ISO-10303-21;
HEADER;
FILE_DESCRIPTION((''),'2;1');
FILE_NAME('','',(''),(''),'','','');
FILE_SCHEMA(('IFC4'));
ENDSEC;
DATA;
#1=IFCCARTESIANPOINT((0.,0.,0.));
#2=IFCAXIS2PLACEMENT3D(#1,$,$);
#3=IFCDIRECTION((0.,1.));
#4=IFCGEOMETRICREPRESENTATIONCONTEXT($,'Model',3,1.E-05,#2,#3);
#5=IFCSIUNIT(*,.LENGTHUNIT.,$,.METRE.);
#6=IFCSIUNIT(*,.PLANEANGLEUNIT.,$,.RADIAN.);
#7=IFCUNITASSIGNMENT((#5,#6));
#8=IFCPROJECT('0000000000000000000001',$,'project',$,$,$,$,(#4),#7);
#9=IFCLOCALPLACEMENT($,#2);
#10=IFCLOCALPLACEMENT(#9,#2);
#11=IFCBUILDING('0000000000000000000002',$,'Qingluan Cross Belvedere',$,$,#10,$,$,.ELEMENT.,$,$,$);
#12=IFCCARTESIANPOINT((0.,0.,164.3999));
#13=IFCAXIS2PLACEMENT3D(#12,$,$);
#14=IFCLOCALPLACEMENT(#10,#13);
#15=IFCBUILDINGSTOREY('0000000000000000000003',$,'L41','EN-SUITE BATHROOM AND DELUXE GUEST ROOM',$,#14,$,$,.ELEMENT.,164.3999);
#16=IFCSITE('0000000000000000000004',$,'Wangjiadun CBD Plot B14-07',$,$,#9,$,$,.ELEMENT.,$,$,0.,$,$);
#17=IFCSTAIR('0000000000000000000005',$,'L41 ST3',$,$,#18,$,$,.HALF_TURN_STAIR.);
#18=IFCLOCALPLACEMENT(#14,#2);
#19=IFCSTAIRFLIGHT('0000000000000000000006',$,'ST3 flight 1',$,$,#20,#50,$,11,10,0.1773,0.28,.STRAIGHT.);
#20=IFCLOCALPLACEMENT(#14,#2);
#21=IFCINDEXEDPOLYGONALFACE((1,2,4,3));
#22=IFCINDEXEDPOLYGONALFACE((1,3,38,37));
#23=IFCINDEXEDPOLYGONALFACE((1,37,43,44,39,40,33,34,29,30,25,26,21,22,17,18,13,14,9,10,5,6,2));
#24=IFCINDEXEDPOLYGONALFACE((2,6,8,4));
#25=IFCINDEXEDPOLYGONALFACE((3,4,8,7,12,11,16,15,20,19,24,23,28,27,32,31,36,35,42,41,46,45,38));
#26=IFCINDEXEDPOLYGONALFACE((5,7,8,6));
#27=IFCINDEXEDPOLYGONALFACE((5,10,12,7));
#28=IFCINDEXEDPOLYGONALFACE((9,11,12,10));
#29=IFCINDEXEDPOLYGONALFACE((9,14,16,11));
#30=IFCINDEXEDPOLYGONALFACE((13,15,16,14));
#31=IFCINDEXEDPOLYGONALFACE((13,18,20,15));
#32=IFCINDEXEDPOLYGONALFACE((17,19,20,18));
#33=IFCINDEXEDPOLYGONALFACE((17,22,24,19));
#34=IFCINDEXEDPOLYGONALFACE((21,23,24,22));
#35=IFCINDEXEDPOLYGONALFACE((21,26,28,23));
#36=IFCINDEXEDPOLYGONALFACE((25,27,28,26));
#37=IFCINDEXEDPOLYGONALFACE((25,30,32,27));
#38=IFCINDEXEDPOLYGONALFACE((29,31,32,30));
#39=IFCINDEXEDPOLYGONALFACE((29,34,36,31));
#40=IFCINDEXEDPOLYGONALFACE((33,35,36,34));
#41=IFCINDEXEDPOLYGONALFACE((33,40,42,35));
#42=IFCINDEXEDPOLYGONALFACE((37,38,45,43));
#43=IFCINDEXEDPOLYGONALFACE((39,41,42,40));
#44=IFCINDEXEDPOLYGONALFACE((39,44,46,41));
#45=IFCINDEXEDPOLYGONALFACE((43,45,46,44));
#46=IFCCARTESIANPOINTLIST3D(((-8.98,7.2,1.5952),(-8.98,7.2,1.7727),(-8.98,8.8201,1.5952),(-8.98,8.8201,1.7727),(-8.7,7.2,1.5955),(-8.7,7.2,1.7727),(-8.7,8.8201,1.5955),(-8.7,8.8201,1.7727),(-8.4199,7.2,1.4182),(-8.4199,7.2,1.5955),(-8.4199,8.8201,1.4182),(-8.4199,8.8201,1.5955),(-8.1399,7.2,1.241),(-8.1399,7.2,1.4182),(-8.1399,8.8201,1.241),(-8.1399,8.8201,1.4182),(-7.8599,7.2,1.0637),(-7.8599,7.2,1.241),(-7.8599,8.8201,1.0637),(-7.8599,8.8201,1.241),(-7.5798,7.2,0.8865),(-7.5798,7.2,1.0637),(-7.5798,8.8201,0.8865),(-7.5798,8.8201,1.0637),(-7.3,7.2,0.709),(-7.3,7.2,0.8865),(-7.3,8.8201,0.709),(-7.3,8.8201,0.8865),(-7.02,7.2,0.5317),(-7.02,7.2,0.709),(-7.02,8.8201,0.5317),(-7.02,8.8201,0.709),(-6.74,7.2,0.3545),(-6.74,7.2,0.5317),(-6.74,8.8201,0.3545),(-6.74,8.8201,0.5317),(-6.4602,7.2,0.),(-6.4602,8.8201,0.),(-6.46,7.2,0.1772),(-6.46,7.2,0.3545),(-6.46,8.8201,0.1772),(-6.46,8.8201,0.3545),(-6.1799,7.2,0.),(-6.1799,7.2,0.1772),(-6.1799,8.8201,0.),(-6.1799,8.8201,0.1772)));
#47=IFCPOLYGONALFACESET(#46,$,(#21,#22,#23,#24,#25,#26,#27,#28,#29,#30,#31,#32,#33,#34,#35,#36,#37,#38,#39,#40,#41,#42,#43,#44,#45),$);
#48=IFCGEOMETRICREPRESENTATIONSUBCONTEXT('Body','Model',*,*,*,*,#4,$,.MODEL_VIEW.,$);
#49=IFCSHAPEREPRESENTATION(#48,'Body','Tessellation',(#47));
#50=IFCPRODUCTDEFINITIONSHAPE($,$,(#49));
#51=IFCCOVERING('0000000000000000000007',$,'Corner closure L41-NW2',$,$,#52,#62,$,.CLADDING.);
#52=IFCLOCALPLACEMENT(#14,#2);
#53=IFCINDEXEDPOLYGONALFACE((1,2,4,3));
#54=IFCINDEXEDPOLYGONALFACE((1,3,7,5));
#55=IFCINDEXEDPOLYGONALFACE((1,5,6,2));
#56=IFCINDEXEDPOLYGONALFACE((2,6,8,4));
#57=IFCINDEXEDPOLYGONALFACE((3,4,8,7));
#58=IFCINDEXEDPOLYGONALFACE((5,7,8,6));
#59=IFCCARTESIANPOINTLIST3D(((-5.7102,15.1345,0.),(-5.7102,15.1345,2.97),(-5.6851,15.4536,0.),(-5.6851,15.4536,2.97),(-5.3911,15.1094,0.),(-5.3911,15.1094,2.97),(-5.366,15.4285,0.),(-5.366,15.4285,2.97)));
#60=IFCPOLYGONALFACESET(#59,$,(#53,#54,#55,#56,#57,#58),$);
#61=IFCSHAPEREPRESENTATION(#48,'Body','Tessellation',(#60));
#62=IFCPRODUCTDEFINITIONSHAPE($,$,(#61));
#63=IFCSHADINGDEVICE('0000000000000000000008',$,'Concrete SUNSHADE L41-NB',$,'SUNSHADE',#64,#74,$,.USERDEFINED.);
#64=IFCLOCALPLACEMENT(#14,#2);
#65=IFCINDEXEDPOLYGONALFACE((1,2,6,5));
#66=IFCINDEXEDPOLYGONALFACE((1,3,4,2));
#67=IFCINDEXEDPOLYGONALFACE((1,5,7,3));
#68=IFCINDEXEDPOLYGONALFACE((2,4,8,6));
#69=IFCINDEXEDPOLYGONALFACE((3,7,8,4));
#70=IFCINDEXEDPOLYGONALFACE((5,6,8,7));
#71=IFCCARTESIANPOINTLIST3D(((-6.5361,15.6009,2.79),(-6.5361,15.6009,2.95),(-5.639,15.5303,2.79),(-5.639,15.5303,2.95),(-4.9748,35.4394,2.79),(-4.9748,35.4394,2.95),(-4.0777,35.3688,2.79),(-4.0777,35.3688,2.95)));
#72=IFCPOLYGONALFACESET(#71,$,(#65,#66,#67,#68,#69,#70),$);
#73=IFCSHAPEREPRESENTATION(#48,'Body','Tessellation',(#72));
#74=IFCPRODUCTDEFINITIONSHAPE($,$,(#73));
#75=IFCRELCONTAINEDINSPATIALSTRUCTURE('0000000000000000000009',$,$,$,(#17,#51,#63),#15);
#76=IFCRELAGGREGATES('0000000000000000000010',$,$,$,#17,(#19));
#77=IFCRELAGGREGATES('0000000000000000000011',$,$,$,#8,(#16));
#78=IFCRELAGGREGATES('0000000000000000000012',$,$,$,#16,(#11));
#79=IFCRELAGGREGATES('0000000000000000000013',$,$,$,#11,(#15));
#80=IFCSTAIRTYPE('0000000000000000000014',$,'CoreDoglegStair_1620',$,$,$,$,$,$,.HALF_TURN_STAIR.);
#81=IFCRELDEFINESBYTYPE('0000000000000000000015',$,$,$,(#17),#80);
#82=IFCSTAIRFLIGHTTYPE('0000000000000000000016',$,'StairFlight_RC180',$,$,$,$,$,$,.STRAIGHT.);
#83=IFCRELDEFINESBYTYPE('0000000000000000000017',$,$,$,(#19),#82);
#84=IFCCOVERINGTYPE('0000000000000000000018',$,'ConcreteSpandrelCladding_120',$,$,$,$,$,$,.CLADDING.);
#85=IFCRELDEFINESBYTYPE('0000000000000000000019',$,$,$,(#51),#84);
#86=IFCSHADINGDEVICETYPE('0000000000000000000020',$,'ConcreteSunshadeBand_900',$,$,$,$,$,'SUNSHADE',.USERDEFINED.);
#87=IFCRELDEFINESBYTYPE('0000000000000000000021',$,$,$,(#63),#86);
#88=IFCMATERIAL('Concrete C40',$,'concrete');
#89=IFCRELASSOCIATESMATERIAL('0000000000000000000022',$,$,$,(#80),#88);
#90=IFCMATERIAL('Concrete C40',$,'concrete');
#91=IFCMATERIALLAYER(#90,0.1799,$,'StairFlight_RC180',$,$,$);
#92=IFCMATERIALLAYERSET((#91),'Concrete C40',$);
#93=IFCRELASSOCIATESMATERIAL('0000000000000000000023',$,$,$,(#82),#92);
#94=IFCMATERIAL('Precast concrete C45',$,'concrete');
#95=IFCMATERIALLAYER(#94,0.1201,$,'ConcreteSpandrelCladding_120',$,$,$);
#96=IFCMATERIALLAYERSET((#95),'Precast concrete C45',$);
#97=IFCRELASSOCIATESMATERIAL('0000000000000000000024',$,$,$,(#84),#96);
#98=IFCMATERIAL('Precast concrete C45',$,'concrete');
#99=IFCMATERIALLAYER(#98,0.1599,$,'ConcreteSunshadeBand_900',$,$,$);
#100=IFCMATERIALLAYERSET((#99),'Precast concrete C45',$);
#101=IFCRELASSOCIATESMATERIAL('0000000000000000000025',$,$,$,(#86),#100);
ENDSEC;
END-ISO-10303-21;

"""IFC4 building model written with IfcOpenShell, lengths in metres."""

from ifc_helpers import new_model, si_unit, direction, frame, origin, origin_2d, place, context, subcontext, project, spatial, polyline, rectangle, outline, extrude, material, layer, layer_set, type_object, element, aggregate, save


model = new_model("IFC4")

# Units and contexts
model_context = context("Model", 3, precision=1e-05, world=origin(), true_north=direction((0.0, 1.0)))
body_context = subcontext(model_context, "Body", "Model", "MODEL_VIEW")
ifc_project = project(units=[si_unit("LENGTHUNIT", "METRE"), si_unit("PLANEANGLEUNIT", "RADIAN")], contexts=[model_context])

# Site, building, storey
site_placement = place(None, origin())
site = spatial("IfcSite", under=ifc_project, at=site_placement, Name="Wangjiadun CBD Plot B14-07", CompositionType="ELEMENT", RefElevation=0.0)
building_placement = place(site_placement, origin())
building = spatial("IfcBuilding", under=site, at=building_placement, Name="Qingluan Cross Belvedere", CompositionType="ELEMENT")
storey_placement = place(building_placement, frame((0.0, 0.0, 164.3999)))
storey = spatial("IfcBuildingStorey", under=building, at=storey_placement, Name="L41", Description="EN-SUITE BATHROOM AND DELUXE GUEST ROOM", CompositionType="ELEMENT", Elevation=164.3999)

# Stair, stair flight
ifc_material_1 = material(Name="Concrete C40", Category="concrete")
stair_type = type_object("IfcStairType", Name="CoreDoglegStair_1620", PredefinedType="HALF_TURN_STAIR", material=ifc_material_1)
stair_placement = place(storey_placement, origin())
stair = element("IfcStair", 1, at=stair_placement, inside=storey, type_object=stair_type, Name="L41 ST3", PredefinedType="HALF_TURN_STAIR")
ifc_material_2 = material(Name="Concrete C40", Category="concrete")
ifc_layer_1 = layer(ifc_material_2, 0.1799, Name="StairFlight_RC180")
ifc_layer_set_1 = layer_set([ifc_layer_1], Name="Concrete C40")
stair_flight_type = type_object("IfcStairFlightType", Name="StairFlight_RC180", PredefinedType="STRAIGHT", material=ifc_layer_set_1)
stair_flight_placement = place(storey_placement, frame((-6.1799, 8.01, 0.0), z_axis=(0.0, 0.0, 1.0), x_axis=(-1.0, 0.0, 0.0)))
stair_flight = element("IfcStairFlight", 2, at=stair_flight_placement, type_object=stair_flight_type, Name="ST3 flight 1", NumberOfRisers=11, NumberOfTreads=10, PredefinedType="STRAIGHT", RiserHeight=0.1773, TreadLength=0.28, context=body_context, shape_type="SweptSolid", body=[
    extrude(outline(polyline([(0.0, 0.0), (0.0, 0.1772), (0.28, 0.1772), (0.28, 0.3545), (0.5601, 0.3545), (0.5601, 0.5317), (0.8401, 0.5317), (0.8401, 0.709), (1.1201, 0.709), (1.1201, 0.8865), (1.3999, 0.8865), (1.3999, 1.0637), (1.6799, 1.0637), (1.6799, 1.241), (1.96, 1.241), (1.96, 1.4182), (2.24, 1.4182), (2.24, 1.5955), (2.52, 1.5955), (2.52, 1.7727), (2.8, 1.7727), (2.8, 1.95), (2.8, 1.5952), (0.2803, 0.0), (0.0, 0.0)])), frame((0.0, 0.8101, 0.0), z_axis=(0.0, -1.0, 0.0), x_axis=(1.0, 0.0, 0.0)), (0.0, 0.0, 1.0), 1.6201),
])
aggregate(stair, [stair_flight])

# Covering
ifc_material_3 = material(Name="Precast concrete C45", Category="concrete")
ifc_layer_2 = layer(ifc_material_3, 0.1201, Name="ConcreteSpandrelCladding_120")
ifc_layer_set_2 = layer_set([ifc_layer_2], Name="Precast concrete C45")
covering_type = type_object("IfcCoveringType", Name="ConcreteSpandrelCladding_120", PredefinedType="CLADDING", material=ifc_layer_set_2)
covering_placement = place(storey_placement, frame((-5.5381, 15.2815, 0.0), z_axis=(0.0, 0.0, 1.0), x_axis=(0.996917, -0.078459, 0.0)))
element("IfcCovering", 3, at=covering_placement, inside=storey, type_object=covering_type, Name="Corner closure L41-NW2", PredefinedType="CLADDING", context=body_context, shape_type="SweptSolid", body=[
    extrude(rectangle(XDim=0.3201, YDim=0.3201, at=origin_2d()), origin(), (0.0, 0.0, 1.0), 2.97),
])

# Shading device
ifc_material_4 = material(Name="Precast concrete C45", Category="concrete")
ifc_layer_3 = layer(ifc_material_4, 0.1599, Name="ConcreteSunshadeBand_900")
ifc_layer_set_3 = layer_set([ifc_layer_3], Name="Precast concrete C45")
shading_device_type = type_object("IfcShadingDeviceType", Name="ConcreteSunshadeBand_900", ElementType="SUNSHADE", PredefinedType="USERDEFINED", material=ifc_layer_set_3)
shading_device_placement = place(storey_placement, frame((-5.3069, 25.4849, 2.79), z_axis=(0.0, 0.0, 1.0), x_axis=(-0.078458, -0.996917, 0.0)))
element("IfcShadingDevice", 4, at=shading_device_placement, inside=storey, type_object=shading_device_type, Name="Concrete SUNSHADE L41-NB", ObjectType="SUNSHADE", PredefinedType="USERDEFINED", context=body_context, shape_type="SweptSolid", body=[
    extrude(rectangle(XDim=19.8999, YDim=0.8999, at=origin_2d()), origin(), (0.0, 0.0, 1.0), 0.1599),
])

save(model, "model.ifc")
